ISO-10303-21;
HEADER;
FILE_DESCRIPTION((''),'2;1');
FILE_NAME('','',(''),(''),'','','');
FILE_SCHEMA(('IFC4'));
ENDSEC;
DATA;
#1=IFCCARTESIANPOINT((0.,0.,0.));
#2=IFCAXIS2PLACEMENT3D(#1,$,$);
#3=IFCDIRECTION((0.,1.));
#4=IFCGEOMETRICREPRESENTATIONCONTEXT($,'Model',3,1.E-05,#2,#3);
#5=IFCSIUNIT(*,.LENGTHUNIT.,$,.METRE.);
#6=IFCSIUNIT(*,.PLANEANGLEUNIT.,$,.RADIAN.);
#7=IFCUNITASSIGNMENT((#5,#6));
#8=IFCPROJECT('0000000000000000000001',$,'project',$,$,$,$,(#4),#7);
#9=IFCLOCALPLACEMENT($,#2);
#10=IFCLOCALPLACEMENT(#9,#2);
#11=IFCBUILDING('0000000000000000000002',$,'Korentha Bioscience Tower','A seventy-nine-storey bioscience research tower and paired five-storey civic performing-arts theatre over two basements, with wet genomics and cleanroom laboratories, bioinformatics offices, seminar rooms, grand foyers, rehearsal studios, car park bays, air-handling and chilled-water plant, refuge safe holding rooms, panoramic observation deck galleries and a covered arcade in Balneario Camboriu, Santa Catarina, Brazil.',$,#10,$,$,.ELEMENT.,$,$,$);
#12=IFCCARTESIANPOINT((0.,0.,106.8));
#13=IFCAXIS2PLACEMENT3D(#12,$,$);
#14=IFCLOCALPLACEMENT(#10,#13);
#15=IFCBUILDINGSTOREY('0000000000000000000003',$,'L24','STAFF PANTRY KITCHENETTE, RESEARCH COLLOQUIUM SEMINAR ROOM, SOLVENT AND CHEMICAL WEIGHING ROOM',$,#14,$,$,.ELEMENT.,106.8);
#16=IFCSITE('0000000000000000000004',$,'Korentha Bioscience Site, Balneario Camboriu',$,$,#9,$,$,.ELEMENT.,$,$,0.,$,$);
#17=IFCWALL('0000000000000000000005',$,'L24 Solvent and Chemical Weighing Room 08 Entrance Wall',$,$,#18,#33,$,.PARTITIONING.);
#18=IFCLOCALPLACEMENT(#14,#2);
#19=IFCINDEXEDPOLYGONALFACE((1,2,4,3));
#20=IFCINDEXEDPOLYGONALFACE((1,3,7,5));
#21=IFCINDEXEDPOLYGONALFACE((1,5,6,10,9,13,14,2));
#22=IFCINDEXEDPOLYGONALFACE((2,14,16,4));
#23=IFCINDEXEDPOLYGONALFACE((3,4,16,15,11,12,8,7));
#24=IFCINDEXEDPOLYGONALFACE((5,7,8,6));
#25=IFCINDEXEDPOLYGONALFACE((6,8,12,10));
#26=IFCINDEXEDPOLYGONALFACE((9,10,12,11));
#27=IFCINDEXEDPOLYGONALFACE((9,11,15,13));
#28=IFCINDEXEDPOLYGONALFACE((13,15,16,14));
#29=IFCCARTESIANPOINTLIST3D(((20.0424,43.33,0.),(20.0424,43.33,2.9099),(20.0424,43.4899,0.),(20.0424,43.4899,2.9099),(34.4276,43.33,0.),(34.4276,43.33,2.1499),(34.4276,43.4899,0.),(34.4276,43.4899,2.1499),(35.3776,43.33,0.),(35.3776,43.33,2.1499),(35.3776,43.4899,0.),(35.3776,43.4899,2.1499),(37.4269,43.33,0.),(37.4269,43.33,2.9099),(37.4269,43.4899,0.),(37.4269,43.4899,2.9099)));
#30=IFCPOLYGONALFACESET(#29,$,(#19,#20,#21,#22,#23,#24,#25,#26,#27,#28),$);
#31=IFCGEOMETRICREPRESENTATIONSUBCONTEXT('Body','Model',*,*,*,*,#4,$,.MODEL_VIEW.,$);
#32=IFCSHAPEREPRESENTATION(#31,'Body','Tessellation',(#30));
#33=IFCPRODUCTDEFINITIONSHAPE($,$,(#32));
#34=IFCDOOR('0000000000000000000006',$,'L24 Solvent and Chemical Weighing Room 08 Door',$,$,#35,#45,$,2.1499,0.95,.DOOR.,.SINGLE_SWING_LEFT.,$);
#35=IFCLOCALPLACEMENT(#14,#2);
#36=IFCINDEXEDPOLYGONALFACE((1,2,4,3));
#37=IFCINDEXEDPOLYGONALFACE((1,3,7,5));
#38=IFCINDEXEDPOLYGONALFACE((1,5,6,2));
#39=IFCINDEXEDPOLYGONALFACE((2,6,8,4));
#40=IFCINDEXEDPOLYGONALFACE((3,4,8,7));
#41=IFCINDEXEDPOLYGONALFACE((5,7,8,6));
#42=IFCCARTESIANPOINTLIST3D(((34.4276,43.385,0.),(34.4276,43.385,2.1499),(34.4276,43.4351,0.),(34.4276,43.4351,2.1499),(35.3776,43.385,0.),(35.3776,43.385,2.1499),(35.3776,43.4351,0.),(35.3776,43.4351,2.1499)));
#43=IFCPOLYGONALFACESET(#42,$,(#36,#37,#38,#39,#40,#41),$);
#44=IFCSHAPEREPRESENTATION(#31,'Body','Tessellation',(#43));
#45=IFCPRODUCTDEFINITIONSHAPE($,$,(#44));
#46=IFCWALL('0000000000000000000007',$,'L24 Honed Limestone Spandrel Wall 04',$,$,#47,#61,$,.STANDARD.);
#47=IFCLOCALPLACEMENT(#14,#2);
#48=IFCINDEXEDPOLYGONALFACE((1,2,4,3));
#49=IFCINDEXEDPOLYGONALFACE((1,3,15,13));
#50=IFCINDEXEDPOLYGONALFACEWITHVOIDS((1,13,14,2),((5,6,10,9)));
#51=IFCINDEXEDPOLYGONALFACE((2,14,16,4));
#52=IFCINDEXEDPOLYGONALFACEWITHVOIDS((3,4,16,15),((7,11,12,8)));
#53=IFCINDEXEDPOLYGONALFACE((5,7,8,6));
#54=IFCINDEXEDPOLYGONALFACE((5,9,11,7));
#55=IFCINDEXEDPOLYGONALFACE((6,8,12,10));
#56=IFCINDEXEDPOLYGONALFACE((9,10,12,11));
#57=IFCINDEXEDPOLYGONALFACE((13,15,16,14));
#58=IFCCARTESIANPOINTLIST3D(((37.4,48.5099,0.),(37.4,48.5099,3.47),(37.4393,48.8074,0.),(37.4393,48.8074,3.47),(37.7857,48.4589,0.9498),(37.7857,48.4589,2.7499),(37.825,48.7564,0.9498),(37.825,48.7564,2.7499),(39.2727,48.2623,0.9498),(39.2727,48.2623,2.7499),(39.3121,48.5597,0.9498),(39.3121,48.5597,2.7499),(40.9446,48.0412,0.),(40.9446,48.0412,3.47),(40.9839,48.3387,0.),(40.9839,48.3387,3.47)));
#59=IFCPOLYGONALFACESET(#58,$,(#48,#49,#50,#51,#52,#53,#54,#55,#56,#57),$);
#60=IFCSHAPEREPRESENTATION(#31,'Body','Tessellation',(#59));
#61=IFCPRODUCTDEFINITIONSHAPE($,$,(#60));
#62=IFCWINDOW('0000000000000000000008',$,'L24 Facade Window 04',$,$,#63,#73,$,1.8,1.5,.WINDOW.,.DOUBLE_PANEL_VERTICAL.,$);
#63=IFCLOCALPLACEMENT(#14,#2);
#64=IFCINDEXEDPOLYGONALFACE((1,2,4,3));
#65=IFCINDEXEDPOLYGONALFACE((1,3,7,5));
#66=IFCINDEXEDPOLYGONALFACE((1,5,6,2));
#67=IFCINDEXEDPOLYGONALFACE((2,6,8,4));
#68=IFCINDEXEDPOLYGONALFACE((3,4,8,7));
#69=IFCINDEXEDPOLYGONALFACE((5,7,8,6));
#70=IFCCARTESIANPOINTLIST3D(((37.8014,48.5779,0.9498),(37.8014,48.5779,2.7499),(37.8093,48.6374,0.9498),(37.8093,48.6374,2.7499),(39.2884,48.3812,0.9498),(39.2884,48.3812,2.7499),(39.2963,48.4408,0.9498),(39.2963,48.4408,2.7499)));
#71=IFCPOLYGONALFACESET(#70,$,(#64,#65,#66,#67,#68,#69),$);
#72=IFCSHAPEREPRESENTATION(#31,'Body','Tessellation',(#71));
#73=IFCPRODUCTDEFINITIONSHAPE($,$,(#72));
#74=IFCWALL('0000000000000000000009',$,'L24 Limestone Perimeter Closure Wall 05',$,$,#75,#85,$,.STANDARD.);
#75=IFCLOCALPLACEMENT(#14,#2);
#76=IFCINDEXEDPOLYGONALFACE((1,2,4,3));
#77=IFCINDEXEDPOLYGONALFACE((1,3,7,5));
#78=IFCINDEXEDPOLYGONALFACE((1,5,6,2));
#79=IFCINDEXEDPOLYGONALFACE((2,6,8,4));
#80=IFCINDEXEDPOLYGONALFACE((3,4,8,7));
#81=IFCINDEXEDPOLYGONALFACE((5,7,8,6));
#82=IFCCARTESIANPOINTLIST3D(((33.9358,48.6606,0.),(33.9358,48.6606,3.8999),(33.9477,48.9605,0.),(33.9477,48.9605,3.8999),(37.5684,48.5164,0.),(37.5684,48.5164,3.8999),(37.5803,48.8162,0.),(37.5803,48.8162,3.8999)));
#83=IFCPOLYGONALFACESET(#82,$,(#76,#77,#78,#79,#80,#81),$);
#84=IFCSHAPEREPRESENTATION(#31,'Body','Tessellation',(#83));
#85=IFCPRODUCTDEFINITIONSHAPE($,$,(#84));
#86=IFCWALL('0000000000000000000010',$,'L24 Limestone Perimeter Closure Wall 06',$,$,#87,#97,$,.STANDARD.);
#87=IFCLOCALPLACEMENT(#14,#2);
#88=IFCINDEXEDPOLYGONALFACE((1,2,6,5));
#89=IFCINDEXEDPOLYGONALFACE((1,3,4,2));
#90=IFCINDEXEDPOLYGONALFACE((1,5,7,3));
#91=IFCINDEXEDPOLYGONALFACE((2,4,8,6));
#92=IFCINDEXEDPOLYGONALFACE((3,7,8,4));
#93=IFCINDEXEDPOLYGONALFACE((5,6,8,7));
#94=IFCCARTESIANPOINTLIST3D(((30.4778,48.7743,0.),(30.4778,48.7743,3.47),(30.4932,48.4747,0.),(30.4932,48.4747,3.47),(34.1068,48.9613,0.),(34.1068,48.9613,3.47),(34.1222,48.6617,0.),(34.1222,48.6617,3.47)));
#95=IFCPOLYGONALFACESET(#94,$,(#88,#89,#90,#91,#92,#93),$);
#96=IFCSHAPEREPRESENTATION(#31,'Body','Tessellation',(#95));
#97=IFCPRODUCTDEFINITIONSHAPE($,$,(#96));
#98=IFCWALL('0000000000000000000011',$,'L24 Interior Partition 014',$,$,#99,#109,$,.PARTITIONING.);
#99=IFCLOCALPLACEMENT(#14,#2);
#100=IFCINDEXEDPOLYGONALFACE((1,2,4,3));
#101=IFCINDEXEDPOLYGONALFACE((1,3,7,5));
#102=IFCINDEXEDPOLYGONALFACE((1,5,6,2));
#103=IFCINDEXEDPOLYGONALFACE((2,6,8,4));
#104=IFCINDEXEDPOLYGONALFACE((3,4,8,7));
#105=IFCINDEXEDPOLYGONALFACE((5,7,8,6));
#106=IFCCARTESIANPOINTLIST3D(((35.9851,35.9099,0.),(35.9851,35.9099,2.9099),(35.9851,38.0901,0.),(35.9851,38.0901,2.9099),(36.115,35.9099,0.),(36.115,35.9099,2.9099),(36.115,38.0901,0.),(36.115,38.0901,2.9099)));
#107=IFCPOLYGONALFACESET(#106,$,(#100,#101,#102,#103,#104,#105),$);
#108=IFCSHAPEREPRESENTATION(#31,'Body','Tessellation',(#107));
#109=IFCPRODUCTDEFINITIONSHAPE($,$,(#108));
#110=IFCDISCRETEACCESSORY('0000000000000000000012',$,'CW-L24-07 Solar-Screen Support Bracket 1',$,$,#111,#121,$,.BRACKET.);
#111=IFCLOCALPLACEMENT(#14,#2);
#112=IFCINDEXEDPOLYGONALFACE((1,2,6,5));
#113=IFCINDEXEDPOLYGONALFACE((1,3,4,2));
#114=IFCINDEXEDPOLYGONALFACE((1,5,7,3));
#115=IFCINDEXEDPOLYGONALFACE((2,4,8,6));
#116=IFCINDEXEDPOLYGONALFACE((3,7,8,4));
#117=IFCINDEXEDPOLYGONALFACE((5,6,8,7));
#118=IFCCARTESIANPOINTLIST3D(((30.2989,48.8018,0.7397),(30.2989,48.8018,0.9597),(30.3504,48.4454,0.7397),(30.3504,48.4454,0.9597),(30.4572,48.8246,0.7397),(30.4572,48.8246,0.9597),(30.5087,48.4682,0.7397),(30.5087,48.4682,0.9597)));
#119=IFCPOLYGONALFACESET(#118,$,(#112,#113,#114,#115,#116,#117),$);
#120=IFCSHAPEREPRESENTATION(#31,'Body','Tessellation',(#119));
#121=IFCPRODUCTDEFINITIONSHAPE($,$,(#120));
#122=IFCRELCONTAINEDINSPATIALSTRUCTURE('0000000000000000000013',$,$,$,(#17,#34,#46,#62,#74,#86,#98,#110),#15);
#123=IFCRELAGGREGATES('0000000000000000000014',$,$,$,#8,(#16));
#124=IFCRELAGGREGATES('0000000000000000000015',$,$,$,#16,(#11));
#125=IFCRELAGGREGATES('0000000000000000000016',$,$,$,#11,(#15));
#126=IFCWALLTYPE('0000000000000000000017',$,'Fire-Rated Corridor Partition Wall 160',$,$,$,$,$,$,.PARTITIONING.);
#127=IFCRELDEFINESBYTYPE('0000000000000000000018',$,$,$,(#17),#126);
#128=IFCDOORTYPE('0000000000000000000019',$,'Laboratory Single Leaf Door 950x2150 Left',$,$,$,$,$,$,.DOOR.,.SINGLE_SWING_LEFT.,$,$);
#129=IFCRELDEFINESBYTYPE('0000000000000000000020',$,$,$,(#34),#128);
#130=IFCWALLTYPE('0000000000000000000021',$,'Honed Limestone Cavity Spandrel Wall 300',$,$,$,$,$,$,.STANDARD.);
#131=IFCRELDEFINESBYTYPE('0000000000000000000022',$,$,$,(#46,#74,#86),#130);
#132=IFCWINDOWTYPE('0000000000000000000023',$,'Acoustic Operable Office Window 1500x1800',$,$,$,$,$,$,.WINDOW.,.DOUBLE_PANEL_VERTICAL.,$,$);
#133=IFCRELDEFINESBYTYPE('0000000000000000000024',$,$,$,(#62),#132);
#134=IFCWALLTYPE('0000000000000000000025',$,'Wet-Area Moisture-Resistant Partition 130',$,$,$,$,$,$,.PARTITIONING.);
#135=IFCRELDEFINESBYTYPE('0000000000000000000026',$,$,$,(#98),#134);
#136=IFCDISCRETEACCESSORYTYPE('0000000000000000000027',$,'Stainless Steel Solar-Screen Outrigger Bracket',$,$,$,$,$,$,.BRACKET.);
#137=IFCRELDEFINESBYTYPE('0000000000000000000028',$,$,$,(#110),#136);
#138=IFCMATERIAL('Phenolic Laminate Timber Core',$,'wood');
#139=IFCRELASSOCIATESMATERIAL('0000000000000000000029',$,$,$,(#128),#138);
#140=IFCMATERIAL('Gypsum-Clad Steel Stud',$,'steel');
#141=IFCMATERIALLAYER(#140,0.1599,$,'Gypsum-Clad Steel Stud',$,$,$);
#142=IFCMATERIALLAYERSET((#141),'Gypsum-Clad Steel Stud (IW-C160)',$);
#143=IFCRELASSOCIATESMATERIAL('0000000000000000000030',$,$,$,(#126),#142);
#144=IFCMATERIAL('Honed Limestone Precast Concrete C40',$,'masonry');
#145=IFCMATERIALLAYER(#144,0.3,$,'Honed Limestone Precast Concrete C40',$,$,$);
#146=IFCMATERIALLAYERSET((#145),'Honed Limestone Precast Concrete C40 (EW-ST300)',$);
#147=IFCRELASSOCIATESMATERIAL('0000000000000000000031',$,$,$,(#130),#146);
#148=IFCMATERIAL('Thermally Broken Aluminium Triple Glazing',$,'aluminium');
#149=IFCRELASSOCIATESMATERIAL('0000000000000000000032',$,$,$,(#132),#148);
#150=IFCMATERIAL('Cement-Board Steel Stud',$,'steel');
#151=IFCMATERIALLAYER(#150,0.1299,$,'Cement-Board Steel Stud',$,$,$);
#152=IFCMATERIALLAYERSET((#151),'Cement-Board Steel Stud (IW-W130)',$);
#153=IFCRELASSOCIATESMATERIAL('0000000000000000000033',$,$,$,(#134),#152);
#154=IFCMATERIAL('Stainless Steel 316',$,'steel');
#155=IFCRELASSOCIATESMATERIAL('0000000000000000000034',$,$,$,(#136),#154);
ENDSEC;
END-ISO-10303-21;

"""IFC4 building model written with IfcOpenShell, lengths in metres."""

from ifc_helpers import new_model, si_unit, direction, frame, frame_2d, origin, origin_2d, place, context, subcontext, project, spatial, rectangle, extrude, material, layer, layer_set, type_object, element, fill, save


model = new_model("IFC4")

# Units and contexts
model_context = context("Model", 3, precision=1e-05, world=origin(), true_north=direction((0.0, 1.0)))
body_context = subcontext(model_context, "Body", "Model", "MODEL_VIEW")
ifc_project = project(units=[si_unit("LENGTHUNIT", "METRE"), si_unit("PLANEANGLEUNIT", "RADIAN")], contexts=[model_context])

# Site, building, storey
site_placement = place(None, origin())
site = spatial("IfcSite", under=ifc_project, at=site_placement, Name="Korentha Bioscience Site, Balneario Camboriu", CompositionType="ELEMENT", RefElevation=0.0)
building_placement = place(site_placement, origin())
building = spatial("IfcBuilding", under=site, at=building_placement, Name="Korentha Bioscience Tower", Description="A seventy-nine-storey bioscience research tower and paired five-storey civic performing-arts theatre over two basements, with wet genomics and cleanroom laboratories, bioinformatics offices, seminar rooms, grand foyers, rehearsal studios, car park bays, air-handling and chilled-water plant, refuge safe holding rooms, panoramic observation deck galleries and a covered arcade in Balneario Camboriu, Santa Catarina, Brazil.", CompositionType="ELEMENT")
storey_placement = place(building_placement, frame((0.0, 0.0, 106.8)))
storey = spatial("IfcBuildingStorey", under=building, at=storey_placement, Name="L24", Description="STAFF PANTRY KITCHENETTE, RESEARCH COLLOQUIUM SEMINAR ROOM, SOLVENT AND CHEMICAL WEIGHING ROOM", CompositionType="ELEMENT", Elevation=106.8)

# Shared definitions
ifc_material_1 = material(Name="Phenolic Laminate Timber Core", Category="wood")
door_type_1 = type_object("IfcDoorType", Name="Laboratory Single Leaf Door 950x2150 Left", OperationType="SINGLE_SWING_LEFT", PredefinedType="DOOR", material=ifc_material_1)

# Wall, opening, door
ifc_material_2 = material(Name="Gypsum-Clad Steel Stud", Category="steel")
ifc_layer_1 = layer(ifc_material_2, 0.1599, Name="Gypsum-Clad Steel Stud")
ifc_layer_set_1 = layer_set([ifc_layer_1], Name="Gypsum-Clad Steel Stud (IW-C160)")
wall_type_1 = type_object("IfcWallType", Name="Fire-Rated Corridor Partition Wall 160", PredefinedType="PARTITIONING", material=ifc_layer_set_1)
wall_1_placement = place(storey_placement, frame((37.427, 43.4099, 0.0), z_axis=(0.0, 0.0, 1.0), x_axis=(-1.0, 0.0, 0.0)))
wall_1 = element("IfcWall", 1, at=wall_1_placement, inside=storey, type_object=wall_type_1, Name="L24 Solvent and Chemical Weighing Room 08 Entrance Wall", PredefinedType="PARTITIONING", context=body_context, shape_type="SweptSolid", body=[
    extrude(rectangle(XDim=17.3845, YDim=0.1599, at=frame_2d((8.6924, 0.0))), origin(), (0.0, 0.0, 1.0), 2.9099),
])
opening_1_placement = place(wall_1_placement, frame((2.0493, 0.0, 0.0)))
opening_1 = element("IfcOpeningElement", 2, at=opening_1_placement, cuts=wall_1, PredefinedType="OPENING", context=body_context, shape_type="SweptSolid", body=[
    extrude(rectangle(XDim=0.95, YDim=2.1499, at=frame_2d((0.4751, 1.075))), frame((0.0, 0.0947, 0.0), z_axis=(0.0, -1.0, 0.0), x_axis=(1.0, 0.0, 0.0)), (0.0, 0.0, 1.0), 0.1897),
])
door_1_placement = place(opening_1_placement, origin())
door_1 = element("IfcDoor", 3, at=door_1_placement, inside=storey, type_object=door_type_1, Name="L24 Solvent and Chemical Weighing Room 08 Door", OperationType="SINGLE_SWING_LEFT", OverallHeight=2.1499, OverallWidth=0.95, PredefinedType="DOOR", context=body_context, shape_type="SweptSolid", body=[
    extrude(rectangle(XDim=0.95, YDim=2.1499, at=frame_2d((0.4751, 1.075))), frame((0.0, 0.0249, 0.0), z_axis=(0.0, -1.0, 0.0), x_axis=(1.0, 0.0, 0.0)), (0.0, 0.0, 1.0), 0.05),
])
fill(opening_1, door_1)

# Wall, opening, window
ifc_material_3 = material(Name="Honed Limestone Precast Concrete C40", Category="masonry")
ifc_layer_2 = layer(ifc_material_3, 0.3, Name="Honed Limestone Precast Concrete C40")
ifc_layer_set_2 = layer_set([ifc_layer_2], Name="Honed Limestone Precast Concrete C40 (EW-ST300)")
wall_type_2 = type_object("IfcWallType", Name="Honed Limestone Cavity Spandrel Wall 300", PredefinedType="STANDARD", material=ifc_layer_set_2)
wall_2_placement = place(storey_placement, frame((40.9641, 48.1899, 0.0), z_axis=(0.0, 0.0, 1.0), x_axis=(-0.991369, 0.131099, 0.0)))
wall_2 = element("IfcWall", 4, at=wall_2_placement, inside=storey, type_object=wall_type_2, Name="L24 Honed Limestone Spandrel Wall 04", PredefinedType="STANDARD", context=body_context, shape_type="SweptSolid", body=[
    extrude(rectangle(XDim=3.5754, YDim=0.3, at=frame_2d((1.7876, 0.0))), origin(), (0.0, 0.0, 1.0), 3.47),
])
opening_2_placement = place(wall_2_placement, frame((1.6863, 0.0, 0.95)))
opening_2 = element("IfcOpeningElement", 5, at=opening_2_placement, cuts=wall_2, PredefinedType="OPENING", context=body_context, shape_type="SweptSolid", body=[
    extrude(rectangle(XDim=1.5, YDim=1.8, at=frame_2d((0.75, 0.8999))), frame((0.0, 0.165, 0.0), z_axis=(0.0, -1.0, 0.0), x_axis=(1.0, 0.0, 0.0)), (0.0, 0.0, 1.0), 0.3298),
])
ifc_material_4 = material(Name="Thermally Broken Aluminium Triple Glazing", Category="aluminium")
window_type = type_object("IfcWindowType", Name="Acoustic Operable Office Window 1500x1800", PartitioningType="DOUBLE_PANEL_VERTICAL", PredefinedType="WINDOW", material=ifc_material_4)
window_placement = place(opening_2_placement, origin())
window = element("IfcWindow", 6, at=window_placement, inside=storey, type_object=window_type, Name="L24 Facade Window 04", OverallHeight=1.8, OverallWidth=1.5, PartitioningType="DOUBLE_PANEL_VERTICAL", PredefinedType="WINDOW", context=body_context, shape_type="SweptSolid", body=[
    extrude(rectangle(XDim=1.5, YDim=1.8, at=frame_2d((0.75, 0.8999))), frame((0.0, 0.03, 0.0), z_axis=(0.0, -1.0, 0.0), x_axis=(1.0, 0.0, 0.0)), (0.0, 0.0, 1.0), 0.0601),
])
fill(opening_2, window)

# Walls
wall_3_placement = place(storey_placement, frame((37.5745, 48.6663, 0.0), z_axis=(0.0, 0.0, 1.0), x_axis=(-0.999212, 0.039689, 0.0)))
element("IfcWall", 7, at=wall_3_placement, inside=storey, type_object=wall_type_2, Name="L24 Limestone Perimeter Closure Wall 05", PredefinedType="STANDARD", context=body_context, shape_type="SweptSolid", body=[
    extrude(rectangle(XDim=3.6355, YDim=0.3, at=frame_2d((1.8179, 0.0))), origin(), (0.0, 0.0, 1.0), 3.8999),
])
wall_4_placement = place(storey_placement, frame((34.1145, 48.8115, 0.0), z_axis=(0.0, 0.0, 1.0), x_axis=(-0.998675, -0.051466, 0.0)))
element("IfcWall", 8, at=wall_4_placement, inside=storey, type_object=wall_type_2, Name="L24 Limestone Perimeter Closure Wall 06", PredefinedType="STANDARD", context=body_context, shape_type="SweptSolid", body=[
    extrude(rectangle(XDim=3.6338, YDim=0.3, at=frame_2d((1.8169, 0.0))), origin(), (0.0, 0.0, 1.0), 3.47),
])

# Shared definitions
ifc_material_5 = material(Name="Cement-Board Steel Stud", Category="steel")
ifc_layer_3 = layer(ifc_material_5, 0.1299, Name="Cement-Board Steel Stud")
ifc_layer_set_3 = layer_set([ifc_layer_3], Name="Cement-Board Steel Stud (IW-W130)")
wall_type_3 = type_object("IfcWallType", Name="Wet-Area Moisture-Resistant Partition 130", PredefinedType="PARTITIONING", material=ifc_layer_set_3)

# Wall
wall_5_placement = place(storey_placement, frame((36.05, 38.0901, 0.0), z_axis=(0.0, 0.0, 1.0), x_axis=(0.0, -1.0, 0.0)))
element("IfcWall", 9, at=wall_5_placement, inside=storey, type_object=wall_type_3, Name="L24 Interior Partition 014", PredefinedType="PARTITIONING", context=body_context, shape_type="SweptSolid", body=[
    extrude(rectangle(XDim=2.1802, YDim=0.1299, at=frame_2d((1.0901, 0.0))), origin(), (0.0, 0.0, 1.0), 2.9099),
])

# Discrete accessory
ifc_material_6 = material(Name="Stainless Steel 316", Category="steel")
discrete_accessory_type = type_object("IfcDiscreteAccessoryType", Name="Stainless Steel Solar-Screen Outrigger Bracket", PredefinedType="BRACKET", material=ifc_material_6)
discrete_accessory_placement = place(storey_placement, frame((30.4038, 48.635, 0.7397), z_axis=(0.0, 0.0, 1.0), x_axis=(-0.989738, -0.142892, 0.0)))
element("IfcDiscreteAccessory", 10, at=discrete_accessory_placement, inside=storey, type_object=discrete_accessory_type, Name="CW-L24-07 Solar-Screen Support Bracket 1", PredefinedType="BRACKET", context=body_context, shape_type="SweptSolid", body=[
    extrude(rectangle(XDim=0.1599, YDim=0.3601, at=origin_2d()), origin(), (0.0, 0.0, 1.0), 0.22),
])

save(model, "model.ifc")
